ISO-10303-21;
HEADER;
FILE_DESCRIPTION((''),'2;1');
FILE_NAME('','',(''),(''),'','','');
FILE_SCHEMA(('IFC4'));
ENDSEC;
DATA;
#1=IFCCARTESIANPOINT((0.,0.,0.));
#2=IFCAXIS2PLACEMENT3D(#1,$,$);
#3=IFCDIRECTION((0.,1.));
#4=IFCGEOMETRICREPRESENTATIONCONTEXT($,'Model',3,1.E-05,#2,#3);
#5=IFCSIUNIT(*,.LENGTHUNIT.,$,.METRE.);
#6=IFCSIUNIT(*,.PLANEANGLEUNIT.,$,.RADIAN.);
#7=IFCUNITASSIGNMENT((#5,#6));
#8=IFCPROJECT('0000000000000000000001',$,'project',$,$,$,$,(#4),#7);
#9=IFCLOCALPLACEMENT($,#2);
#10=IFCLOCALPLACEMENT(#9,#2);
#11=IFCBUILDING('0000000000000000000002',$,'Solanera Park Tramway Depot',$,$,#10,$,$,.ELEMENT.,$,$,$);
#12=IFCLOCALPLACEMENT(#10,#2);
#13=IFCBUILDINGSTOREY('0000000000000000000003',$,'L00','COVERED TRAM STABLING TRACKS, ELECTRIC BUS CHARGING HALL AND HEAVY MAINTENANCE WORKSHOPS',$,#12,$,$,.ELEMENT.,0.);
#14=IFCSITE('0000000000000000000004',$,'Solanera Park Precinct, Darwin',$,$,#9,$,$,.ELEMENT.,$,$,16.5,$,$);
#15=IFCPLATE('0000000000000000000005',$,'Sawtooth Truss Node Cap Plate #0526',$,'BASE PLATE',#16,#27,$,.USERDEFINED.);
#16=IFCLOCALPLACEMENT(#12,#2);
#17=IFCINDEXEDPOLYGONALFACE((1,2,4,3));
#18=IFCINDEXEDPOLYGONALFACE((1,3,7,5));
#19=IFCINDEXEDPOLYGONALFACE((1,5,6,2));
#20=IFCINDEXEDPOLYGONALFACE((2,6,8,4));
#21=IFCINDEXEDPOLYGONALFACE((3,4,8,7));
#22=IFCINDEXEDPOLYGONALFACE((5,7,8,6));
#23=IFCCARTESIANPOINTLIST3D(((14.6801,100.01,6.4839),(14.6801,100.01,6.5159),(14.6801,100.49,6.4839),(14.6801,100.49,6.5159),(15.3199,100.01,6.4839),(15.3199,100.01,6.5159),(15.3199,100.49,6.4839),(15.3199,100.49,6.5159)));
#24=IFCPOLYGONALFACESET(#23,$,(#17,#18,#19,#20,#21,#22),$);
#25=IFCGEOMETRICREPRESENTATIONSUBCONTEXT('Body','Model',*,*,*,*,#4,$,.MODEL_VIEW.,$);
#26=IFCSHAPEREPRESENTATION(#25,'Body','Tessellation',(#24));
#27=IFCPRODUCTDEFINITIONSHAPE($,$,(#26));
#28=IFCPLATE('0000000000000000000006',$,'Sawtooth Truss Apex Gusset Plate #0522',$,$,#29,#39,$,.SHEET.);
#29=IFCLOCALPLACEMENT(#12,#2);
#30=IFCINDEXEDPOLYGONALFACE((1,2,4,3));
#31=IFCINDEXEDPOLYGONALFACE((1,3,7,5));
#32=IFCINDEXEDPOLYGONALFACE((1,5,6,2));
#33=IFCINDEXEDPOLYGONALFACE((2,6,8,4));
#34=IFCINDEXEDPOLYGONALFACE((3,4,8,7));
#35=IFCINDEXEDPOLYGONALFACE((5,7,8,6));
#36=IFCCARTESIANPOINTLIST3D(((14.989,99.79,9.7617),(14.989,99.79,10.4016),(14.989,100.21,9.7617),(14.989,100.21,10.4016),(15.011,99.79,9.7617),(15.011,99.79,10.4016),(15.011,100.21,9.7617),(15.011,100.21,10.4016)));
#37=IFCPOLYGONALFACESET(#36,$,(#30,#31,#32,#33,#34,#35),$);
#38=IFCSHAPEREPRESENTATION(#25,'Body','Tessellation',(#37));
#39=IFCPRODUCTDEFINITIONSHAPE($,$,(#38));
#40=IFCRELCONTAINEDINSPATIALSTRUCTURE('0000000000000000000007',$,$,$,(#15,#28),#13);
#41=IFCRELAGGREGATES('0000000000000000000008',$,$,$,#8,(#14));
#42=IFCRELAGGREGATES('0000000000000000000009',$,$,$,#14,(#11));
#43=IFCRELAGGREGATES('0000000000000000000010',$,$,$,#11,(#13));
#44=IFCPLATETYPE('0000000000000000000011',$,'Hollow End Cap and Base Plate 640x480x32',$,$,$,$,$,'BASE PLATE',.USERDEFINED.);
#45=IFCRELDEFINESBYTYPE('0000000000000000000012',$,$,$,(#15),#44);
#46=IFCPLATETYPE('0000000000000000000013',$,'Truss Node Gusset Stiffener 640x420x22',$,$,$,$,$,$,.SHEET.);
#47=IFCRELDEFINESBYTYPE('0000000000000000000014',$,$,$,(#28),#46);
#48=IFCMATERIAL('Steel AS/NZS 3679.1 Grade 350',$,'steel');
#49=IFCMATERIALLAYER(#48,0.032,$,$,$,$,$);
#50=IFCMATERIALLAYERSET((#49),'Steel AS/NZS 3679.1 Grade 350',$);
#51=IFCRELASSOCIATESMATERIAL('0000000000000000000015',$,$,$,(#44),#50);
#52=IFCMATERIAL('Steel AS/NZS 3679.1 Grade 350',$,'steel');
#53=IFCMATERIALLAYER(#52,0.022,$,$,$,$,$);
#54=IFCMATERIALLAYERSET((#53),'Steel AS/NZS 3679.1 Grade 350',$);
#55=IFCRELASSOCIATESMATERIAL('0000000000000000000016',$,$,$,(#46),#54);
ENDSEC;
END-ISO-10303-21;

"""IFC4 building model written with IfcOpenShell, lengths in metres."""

from ifc_helpers import new_model, si_unit, direction, frame, origin, origin_2d, place, context, subcontext, project, spatial, rectangle, extrude, material, layer, layer_set, type_object, element, save


model = new_model("IFC4")

# Units and contexts
model_context = context("Model", 3, precision=1e-05, world=origin(), true_north=direction((0.0, 1.0)))
body_context = subcontext(model_context, "Body", "Model", "MODEL_VIEW")
ifc_project = project(units=[si_unit("LENGTHUNIT", "METRE"), si_unit("PLANEANGLEUNIT", "RADIAN")], contexts=[model_context])

# Site, building, storey
site_placement = place(None, origin())
site = spatial("IfcSite", under=ifc_project, at=site_placement, Name="Solanera Park Precinct, Darwin", CompositionType="ELEMENT", RefElevation=16.5)
building_placement = place(site_placement, origin())
building = spatial("IfcBuilding", under=site, at=building_placement, Name="Solanera Park Tramway Depot", CompositionType="ELEMENT")
storey_placement = place(building_placement, origin())
storey = spatial("IfcBuildingStorey", under=building, at=storey_placement, Name="L00", Description="COVERED TRAM STABLING TRACKS, ELECTRIC BUS CHARGING HALL AND HEAVY MAINTENANCE WORKSHOPS", CompositionType="ELEMENT", Elevation=0.0)

# Plates
ifc_material_1 = material(Name="Steel AS/NZS 3679.1 Grade 350", Category="steel")
ifc_layer_1 = layer(ifc_material_1, 0.032)
ifc_layer_set_1 = layer_set([ifc_layer_1], Name="Steel AS/NZS 3679.1 Grade 350")
plate_type_1 = type_object("IfcPlateType", Name="Hollow End Cap and Base Plate 640x480x32", ElementType="BASE PLATE", PredefinedType="USERDEFINED", material=ifc_layer_set_1)
for number, where, z_axis, x_axis, name in (
    (1, (15.0, 100.25, 6.4839), (0.0, 0.0, 1.0), (1.0, 0.0, 0.0), "Sawtooth Truss Node Cap Plate #0526"),
):
    element("IfcPlate", number, at=place(storey_placement, frame(where, z_axis=z_axis, x_axis=x_axis)), inside=storey, type_object=plate_type_1, Name=name, ObjectType="BASE PLATE", PredefinedType="USERDEFINED", context=body_context, shape_type="SweptSolid", body=[
        extrude(rectangle(XDim=0.6399, YDim=0.48, at=origin_2d()), origin(), (0.0, 0.0, 1.0), 0.032),
    ])
ifc_material_2 = material(Name="Steel AS/NZS 3679.1 Grade 350", Category="steel")
ifc_layer_2 = layer(ifc_material_2, 0.022)
ifc_layer_set_2 = layer_set([ifc_layer_2], Name="Steel AS/NZS 3679.1 Grade 350")
plate_type_2 = type_object("IfcPlateType", Name="Truss Node Gusset Stiffener 640x420x22", PredefinedType="SHEET", material=ifc_layer_set_2)
plate_1_placement = place(storey_placement, frame((15.0, 100.0, 9.7617), z_axis=(0.0, 0.0, 1.0), x_axis=(1.0, 0.0, 0.0)))
element("IfcPlate", 2, at=plate_1_placement, inside=storey, type_object=plate_type_2, Name="Sawtooth Truss Apex Gusset Plate #0522", PredefinedType="SHEET", context=body_context, shape_type="SweptSolid", body=[
    extrude(rectangle(XDim=0.022, YDim=0.4199, at=origin_2d()), origin(), (0.0, 0.0, 1.0), 0.6399),
])

save(model, "model.ifc")
